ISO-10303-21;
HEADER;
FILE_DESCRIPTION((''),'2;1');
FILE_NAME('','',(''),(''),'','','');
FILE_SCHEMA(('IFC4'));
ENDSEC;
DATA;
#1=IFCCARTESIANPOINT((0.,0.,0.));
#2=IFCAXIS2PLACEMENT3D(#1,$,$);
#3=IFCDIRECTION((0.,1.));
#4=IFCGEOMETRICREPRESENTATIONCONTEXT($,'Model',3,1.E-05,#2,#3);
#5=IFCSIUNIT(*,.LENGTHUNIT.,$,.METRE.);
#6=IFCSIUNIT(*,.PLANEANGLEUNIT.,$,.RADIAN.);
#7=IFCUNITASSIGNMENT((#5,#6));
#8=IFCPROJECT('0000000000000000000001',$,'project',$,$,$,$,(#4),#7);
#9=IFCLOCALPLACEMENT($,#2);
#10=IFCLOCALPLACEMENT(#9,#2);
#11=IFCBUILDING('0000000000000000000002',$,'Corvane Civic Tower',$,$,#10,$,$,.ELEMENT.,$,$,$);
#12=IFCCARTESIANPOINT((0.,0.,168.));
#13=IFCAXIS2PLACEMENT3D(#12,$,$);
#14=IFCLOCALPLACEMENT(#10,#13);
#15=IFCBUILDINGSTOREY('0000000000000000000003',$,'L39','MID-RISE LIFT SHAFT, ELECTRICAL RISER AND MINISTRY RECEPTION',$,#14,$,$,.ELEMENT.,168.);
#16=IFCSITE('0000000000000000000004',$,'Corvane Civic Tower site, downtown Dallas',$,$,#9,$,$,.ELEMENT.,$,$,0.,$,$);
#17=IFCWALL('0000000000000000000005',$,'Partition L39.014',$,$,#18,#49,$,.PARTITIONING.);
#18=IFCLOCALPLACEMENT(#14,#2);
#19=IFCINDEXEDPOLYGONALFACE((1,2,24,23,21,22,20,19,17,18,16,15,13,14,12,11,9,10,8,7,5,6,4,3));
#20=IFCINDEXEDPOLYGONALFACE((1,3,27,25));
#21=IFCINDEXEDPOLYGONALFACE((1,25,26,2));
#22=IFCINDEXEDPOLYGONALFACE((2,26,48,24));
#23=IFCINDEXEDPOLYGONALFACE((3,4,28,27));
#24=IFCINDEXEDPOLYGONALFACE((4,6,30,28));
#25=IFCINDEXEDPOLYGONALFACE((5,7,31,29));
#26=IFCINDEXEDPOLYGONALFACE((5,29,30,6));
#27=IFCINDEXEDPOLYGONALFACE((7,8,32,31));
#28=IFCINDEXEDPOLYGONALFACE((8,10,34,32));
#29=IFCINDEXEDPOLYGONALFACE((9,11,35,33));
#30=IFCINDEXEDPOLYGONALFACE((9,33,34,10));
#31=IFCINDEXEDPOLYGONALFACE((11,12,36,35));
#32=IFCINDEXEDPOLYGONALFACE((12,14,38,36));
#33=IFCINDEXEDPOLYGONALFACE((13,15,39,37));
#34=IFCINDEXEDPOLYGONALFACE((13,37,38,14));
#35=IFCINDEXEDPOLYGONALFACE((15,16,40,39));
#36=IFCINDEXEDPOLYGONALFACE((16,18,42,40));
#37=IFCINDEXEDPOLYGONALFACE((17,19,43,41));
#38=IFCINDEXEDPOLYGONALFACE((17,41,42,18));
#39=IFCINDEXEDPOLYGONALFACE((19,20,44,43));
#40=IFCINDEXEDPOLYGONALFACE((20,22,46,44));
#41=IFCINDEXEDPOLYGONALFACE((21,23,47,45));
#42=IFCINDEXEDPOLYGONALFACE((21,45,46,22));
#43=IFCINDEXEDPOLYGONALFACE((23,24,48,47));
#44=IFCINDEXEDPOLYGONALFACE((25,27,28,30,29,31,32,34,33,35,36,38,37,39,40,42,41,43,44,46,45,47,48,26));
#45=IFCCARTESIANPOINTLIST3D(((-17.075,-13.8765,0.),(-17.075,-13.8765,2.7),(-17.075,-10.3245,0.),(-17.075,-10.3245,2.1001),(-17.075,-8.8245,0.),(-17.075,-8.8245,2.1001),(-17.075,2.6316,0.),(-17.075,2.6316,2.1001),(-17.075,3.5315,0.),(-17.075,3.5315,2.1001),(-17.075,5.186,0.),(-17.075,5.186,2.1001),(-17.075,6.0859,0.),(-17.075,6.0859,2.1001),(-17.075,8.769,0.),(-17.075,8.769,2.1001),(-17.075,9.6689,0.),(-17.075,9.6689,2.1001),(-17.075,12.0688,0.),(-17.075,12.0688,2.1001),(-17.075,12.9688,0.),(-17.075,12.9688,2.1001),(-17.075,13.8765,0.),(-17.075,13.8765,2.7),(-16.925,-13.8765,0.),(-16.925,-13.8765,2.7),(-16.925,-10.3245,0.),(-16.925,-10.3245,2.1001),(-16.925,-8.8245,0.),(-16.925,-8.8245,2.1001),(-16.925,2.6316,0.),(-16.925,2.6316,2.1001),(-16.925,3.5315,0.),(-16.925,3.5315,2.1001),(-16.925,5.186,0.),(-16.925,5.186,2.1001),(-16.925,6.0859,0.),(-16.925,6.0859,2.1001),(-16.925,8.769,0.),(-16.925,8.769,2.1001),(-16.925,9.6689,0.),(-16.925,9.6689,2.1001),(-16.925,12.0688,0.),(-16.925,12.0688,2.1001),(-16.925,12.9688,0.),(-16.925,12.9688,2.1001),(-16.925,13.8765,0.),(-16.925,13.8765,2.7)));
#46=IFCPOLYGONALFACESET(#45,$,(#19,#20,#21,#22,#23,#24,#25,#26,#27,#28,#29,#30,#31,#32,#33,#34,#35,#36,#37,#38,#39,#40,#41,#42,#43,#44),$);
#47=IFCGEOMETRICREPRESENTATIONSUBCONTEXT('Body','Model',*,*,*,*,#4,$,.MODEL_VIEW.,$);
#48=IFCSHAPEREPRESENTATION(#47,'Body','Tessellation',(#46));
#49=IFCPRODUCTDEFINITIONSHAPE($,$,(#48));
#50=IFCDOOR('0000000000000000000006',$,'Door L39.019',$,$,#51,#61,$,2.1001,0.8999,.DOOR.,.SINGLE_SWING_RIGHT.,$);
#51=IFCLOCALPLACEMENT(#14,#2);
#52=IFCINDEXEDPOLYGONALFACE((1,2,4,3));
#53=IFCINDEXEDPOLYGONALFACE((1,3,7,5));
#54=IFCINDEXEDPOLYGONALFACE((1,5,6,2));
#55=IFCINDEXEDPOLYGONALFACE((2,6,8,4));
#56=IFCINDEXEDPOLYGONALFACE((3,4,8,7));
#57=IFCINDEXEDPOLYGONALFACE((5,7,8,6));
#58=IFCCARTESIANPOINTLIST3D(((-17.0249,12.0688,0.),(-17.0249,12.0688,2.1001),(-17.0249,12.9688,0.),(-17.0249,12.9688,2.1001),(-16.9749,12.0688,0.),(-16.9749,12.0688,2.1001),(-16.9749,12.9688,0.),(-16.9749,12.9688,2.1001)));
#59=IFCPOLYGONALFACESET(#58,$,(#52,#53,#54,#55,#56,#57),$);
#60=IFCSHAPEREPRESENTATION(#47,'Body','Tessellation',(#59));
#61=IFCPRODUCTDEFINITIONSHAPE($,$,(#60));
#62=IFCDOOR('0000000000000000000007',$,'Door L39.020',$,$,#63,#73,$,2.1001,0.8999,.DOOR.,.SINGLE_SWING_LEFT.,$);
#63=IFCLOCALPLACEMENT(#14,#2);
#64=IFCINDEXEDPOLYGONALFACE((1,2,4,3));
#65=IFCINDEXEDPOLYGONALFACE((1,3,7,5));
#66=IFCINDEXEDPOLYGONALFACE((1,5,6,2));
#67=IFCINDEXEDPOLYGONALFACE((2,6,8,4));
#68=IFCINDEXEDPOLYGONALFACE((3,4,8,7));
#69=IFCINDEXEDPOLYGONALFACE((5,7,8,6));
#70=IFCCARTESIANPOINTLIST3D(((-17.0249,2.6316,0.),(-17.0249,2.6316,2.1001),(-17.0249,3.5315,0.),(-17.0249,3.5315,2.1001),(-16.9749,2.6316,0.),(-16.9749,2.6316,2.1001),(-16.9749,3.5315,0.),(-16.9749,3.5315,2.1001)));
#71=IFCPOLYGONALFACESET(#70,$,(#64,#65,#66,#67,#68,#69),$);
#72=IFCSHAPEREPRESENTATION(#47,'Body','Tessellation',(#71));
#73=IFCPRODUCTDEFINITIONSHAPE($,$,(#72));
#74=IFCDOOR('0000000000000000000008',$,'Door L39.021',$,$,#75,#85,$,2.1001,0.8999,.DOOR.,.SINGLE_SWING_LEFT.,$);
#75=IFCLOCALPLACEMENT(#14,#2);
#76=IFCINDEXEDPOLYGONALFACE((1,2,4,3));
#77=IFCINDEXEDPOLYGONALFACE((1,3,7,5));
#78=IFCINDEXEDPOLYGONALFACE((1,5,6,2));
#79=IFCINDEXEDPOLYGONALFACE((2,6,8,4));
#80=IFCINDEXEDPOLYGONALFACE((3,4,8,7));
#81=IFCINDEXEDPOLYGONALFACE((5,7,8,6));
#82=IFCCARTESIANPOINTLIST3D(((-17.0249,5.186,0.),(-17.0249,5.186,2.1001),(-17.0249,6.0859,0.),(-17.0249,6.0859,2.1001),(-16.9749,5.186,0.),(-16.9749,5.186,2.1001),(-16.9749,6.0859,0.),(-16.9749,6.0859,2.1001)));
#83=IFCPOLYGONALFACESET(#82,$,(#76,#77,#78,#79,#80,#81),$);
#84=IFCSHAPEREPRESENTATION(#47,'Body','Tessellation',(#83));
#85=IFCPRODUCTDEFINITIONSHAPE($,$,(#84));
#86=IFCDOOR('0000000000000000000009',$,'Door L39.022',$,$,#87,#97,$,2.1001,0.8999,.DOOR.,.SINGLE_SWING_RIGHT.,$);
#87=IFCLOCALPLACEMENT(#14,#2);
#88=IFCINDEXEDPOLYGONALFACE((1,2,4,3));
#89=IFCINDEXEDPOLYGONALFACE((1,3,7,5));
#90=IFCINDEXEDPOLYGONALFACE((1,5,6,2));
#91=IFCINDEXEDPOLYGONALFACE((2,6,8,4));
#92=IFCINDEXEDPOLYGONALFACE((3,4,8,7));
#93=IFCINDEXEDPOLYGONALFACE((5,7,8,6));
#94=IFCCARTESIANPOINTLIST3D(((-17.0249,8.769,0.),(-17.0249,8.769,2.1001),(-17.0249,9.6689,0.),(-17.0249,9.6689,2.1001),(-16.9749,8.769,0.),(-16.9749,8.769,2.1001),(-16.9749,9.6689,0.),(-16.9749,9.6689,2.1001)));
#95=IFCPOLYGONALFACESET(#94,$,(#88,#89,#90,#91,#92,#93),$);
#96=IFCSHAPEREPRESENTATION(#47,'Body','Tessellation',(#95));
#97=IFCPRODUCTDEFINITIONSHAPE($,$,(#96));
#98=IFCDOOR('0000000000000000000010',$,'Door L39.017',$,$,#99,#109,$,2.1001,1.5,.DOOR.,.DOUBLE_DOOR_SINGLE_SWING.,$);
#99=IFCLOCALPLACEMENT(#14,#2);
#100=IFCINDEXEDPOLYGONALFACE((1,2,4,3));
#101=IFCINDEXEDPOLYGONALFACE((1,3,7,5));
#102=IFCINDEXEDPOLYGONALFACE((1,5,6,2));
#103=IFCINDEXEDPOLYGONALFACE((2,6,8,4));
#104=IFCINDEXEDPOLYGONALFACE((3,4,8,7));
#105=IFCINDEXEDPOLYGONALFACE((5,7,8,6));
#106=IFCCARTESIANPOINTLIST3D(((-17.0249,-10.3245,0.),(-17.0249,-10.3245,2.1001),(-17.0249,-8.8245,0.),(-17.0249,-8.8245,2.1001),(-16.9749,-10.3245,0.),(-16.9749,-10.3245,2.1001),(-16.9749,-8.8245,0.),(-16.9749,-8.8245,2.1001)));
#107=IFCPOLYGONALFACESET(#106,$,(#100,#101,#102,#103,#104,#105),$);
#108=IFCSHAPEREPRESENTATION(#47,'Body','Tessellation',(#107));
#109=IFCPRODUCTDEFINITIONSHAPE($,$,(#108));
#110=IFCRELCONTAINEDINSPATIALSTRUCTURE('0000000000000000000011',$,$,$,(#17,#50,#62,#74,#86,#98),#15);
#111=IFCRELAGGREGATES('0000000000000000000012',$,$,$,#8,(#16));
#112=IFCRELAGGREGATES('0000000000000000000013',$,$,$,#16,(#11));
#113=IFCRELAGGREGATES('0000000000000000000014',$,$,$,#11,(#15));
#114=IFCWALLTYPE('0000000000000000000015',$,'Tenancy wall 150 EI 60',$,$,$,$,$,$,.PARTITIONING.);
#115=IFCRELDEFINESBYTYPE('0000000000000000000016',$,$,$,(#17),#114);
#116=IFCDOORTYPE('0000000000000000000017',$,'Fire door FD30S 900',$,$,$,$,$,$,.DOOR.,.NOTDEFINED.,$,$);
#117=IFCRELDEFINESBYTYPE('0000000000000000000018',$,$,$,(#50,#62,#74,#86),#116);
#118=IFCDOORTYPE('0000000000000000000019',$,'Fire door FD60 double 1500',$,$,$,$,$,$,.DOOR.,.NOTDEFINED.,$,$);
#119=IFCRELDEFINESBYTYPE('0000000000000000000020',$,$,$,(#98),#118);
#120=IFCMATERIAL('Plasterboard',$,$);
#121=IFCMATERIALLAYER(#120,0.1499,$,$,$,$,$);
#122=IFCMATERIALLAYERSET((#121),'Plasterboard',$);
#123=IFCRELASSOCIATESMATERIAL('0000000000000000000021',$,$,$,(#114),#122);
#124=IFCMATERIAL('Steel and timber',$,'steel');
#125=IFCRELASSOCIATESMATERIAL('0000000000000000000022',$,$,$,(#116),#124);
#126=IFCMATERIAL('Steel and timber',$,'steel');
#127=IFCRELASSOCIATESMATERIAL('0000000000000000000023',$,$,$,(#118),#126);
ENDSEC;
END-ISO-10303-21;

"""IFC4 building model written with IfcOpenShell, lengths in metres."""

from ifc_helpers import new_model, si_unit, direction, frame, frame_2d, origin, place, context, subcontext, project, spatial, rectangle, extrude, material, layer, layer_set, type_object, element, fill, save


model = new_model("IFC4")

# Units and contexts
model_context = context("Model", 3, precision=1e-05, world=origin(), true_north=direction((0.0, 1.0)))
body_context = subcontext(model_context, "Body", "Model", "MODEL_VIEW")
ifc_project = project(units=[si_unit("LENGTHUNIT", "METRE"), si_unit("PLANEANGLEUNIT", "RADIAN")], contexts=[model_context])

# Site, building, storey
site_placement = place(None, origin())
site = spatial("IfcSite", under=ifc_project, at=site_placement, Name="Corvane Civic Tower site, downtown Dallas", CompositionType="ELEMENT", RefElevation=0.0)
building_placement = place(site_placement, origin())
building = spatial("IfcBuilding", under=site, at=building_placement, Name="Corvane Civic Tower", CompositionType="ELEMENT")
storey_placement = place(building_placement, frame((0.0, 0.0, 168.0)))
storey = spatial("IfcBuildingStorey", under=building, at=storey_placement, Name="L39", Description="MID-RISE LIFT SHAFT, ELECTRICAL RISER AND MINISTRY RECEPTION", CompositionType="ELEMENT", Elevation=168.0)

# Shared definitions
ifc_material_1 = material(Name="Plasterboard")
ifc_layer_1 = layer(ifc_material_1, 0.1499)
ifc_layer_set_1 = layer_set([ifc_layer_1], Name="Plasterboard")
wall_type_1 = type_object("IfcWallType", Name="Tenancy wall 150 EI 60", PredefinedType="PARTITIONING", material=ifc_layer_set_1)
ifc_material_2 = material(Name="Steel and timber", Category="steel")
door_type_1 = type_object("IfcDoorType", Name="Fire door FD30S 900", OperationType="NOTDEFINED", PredefinedType="DOOR", material=ifc_material_2)

# Wall, openings, doors
wall_1_placement = place(storey_placement, frame((-17.0, -13.8765, 0.0), z_axis=(0.0, 0.0, 1.0), x_axis=(0.0, 1.0, 0.0)))
wall_1 = element("IfcWall", 1, at=wall_1_placement, inside=storey, type_object=wall_type_1, Name="Partition L39.014", PredefinedType="PARTITIONING", context=body_context, shape_type="SweptSolid", body=[
    extrude(rectangle(XDim=27.7529, YDim=0.1499, at=frame_2d((13.8765, 0.0))), origin(), (0.0, 0.0, 1.0), 2.7),
])
opening_1_placement = place(wall_1_placement, frame((3.552, 0.0, 0.0)))
opening_1 = element("IfcOpeningElement", 2, at=opening_1_placement, cuts=wall_1, PredefinedType="OPENING", context=body_context, shape_type="SweptSolid", body=[
    extrude(rectangle(XDim=1.5, YDim=2.1001, at=frame_2d((0.75, 1.05))), frame((0.0, 0.085, 0.0), z_axis=(0.0, -1.0, 0.0), x_axis=(1.0, 0.0, 0.0)), (0.0, 0.0, 1.0), 0.1699),
])
opening_2_placement = place(wall_1_placement, frame((25.9453, 0.0, 0.0)))
opening_2 = element("IfcOpeningElement", 3, at=opening_2_placement, cuts=wall_1, PredefinedType="OPENING", context=body_context, shape_type="SweptSolid", body=[
    extrude(rectangle(XDim=0.8999, YDim=2.1001, at=frame_2d((0.45, 1.05))), frame((0.0, 0.085, 0.0), z_axis=(0.0, -1.0, 0.0), x_axis=(1.0, 0.0, 0.0)), (0.0, 0.0, 1.0), 0.1699),
])
opening_3_placement = place(wall_1_placement, frame((16.5081, 0.0, 0.0)))
opening_3 = element("IfcOpeningElement", 4, at=opening_3_placement, cuts=wall_1, PredefinedType="OPENING", context=body_context, shape_type="SweptSolid", body=[
    extrude(rectangle(XDim=0.8999, YDim=2.1001, at=frame_2d((0.45, 1.05))), frame((0.0, 0.085, 0.0), z_axis=(0.0, -1.0, 0.0), x_axis=(1.0, 0.0, 0.0)), (0.0, 0.0, 1.0), 0.1699),
])
opening_4_placement = place(wall_1_placement, frame((19.0625, 0.0, 0.0)))
opening_4 = element("IfcOpeningElement", 5, at=opening_4_placement, cuts=wall_1, PredefinedType="OPENING", context=body_context, shape_type="SweptSolid", body=[
    extrude(rectangle(XDim=0.8999, YDim=2.1001, at=frame_2d((0.45, 1.05))), frame((0.0, 0.085, 0.0), z_axis=(0.0, -1.0, 0.0), x_axis=(1.0, 0.0, 0.0)), (0.0, 0.0, 1.0), 0.1699),
])
opening_5_placement = place(wall_1_placement, frame((22.6455, 0.0, 0.0)))
opening_5 = element("IfcOpeningElement", 6, at=opening_5_placement, cuts=wall_1, PredefinedType="OPENING", context=body_context, shape_type="SweptSolid", body=[
    extrude(rectangle(XDim=0.8999, YDim=2.1001, at=frame_2d((0.45, 1.05))), frame((0.0, 0.085, 0.0), z_axis=(0.0, -1.0, 0.0), x_axis=(1.0, 0.0, 0.0)), (0.0, 0.0, 1.0), 0.1699),
])
door_1_placement = place(opening_2_placement, origin())
door_1 = element("IfcDoor", 7, at=door_1_placement, inside=storey, type_object=door_type_1, Name="Door L39.019", OperationType="SINGLE_SWING_RIGHT", OverallHeight=2.1001, OverallWidth=0.8999, PredefinedType="DOOR", context=body_context, shape_type="SweptSolid", body=[
    extrude(rectangle(XDim=0.8999, YDim=2.1001, at=frame_2d((0.45, 1.05))), frame((0.0, 0.0249, 0.0), z_axis=(0.0, -1.0, 0.0), x_axis=(1.0, 0.0, 0.0)), (0.0, 0.0, 1.0), 0.05),
])
fill(opening_2, door_1)
door_2_placement = place(opening_3_placement, origin())
door_2 = element("IfcDoor", 8, at=door_2_placement, inside=storey, type_object=door_type_1, Name="Door L39.020", OperationType="SINGLE_SWING_LEFT", OverallHeight=2.1001, OverallWidth=0.8999, PredefinedType="DOOR", context=body_context, shape_type="SweptSolid", body=[
    extrude(rectangle(XDim=0.8999, YDim=2.1001, at=frame_2d((0.45, 1.05))), frame((0.0, 0.0249, 0.0), z_axis=(0.0, -1.0, 0.0), x_axis=(1.0, 0.0, 0.0)), (0.0, 0.0, 1.0), 0.05),
])
fill(opening_3, door_2)
door_3_placement = place(opening_4_placement, origin())
door_3 = element("IfcDoor", 9, at=door_3_placement, inside=storey, type_object=door_type_1, Name="Door L39.021", OperationType="SINGLE_SWING_LEFT", OverallHeight=2.1001, OverallWidth=0.8999, PredefinedType="DOOR", context=body_context, shape_type="SweptSolid", body=[
    extrude(rectangle(XDim=0.8999, YDim=2.1001, at=frame_2d((0.45, 1.05))), frame((0.0, 0.0249, 0.0), z_axis=(0.0, -1.0, 0.0), x_axis=(1.0, 0.0, 0.0)), (0.0, 0.0, 1.0), 0.05),
])
fill(opening_4, door_3)
door_4_placement = place(opening_5_placement, origin())
door_4 = element("IfcDoor", 10, at=door_4_placement, inside=storey, type_object=door_type_1, Name="Door L39.022", OperationType="SINGLE_SWING_RIGHT", OverallHeight=2.1001, OverallWidth=0.8999, PredefinedType="DOOR", context=body_context, shape_type="SweptSolid", body=[
    extrude(rectangle(XDim=0.8999, YDim=2.1001, at=frame_2d((0.45, 1.05))), frame((0.0, 0.0249, 0.0), z_axis=(0.0, -1.0, 0.0), x_axis=(1.0, 0.0, 0.0)), (0.0, 0.0, 1.0), 0.05),
])
fill(opening_5, door_4)
ifc_material_3 = material(Name="Steel and timber", Category="steel")
door_type_2 = type_object("IfcDoorType", Name="Fire door FD60 double 1500", OperationType="NOTDEFINED", PredefinedType="DOOR", material=ifc_material_3)
door_5_placement = place(opening_1_placement, origin())
door_5 = element("IfcDoor", 11, at=door_5_placement, inside=storey, type_object=door_type_2, Name="Door L39.017", OperationType="DOUBLE_DOOR_SINGLE_SWING", OverallHeight=2.1001, OverallWidth=1.5, PredefinedType="DOOR", context=body_context, shape_type="SweptSolid", body=[
    extrude(rectangle(XDim=1.5, YDim=2.1001, at=frame_2d((0.75, 1.05))), frame((0.0, 0.0249, 0.0), z_axis=(0.0, -1.0, 0.0), x_axis=(1.0, 0.0, 0.0)), (0.0, 0.0, 1.0), 0.05),
])
fill(opening_1, door_5)

save(model, "model.ifc")
